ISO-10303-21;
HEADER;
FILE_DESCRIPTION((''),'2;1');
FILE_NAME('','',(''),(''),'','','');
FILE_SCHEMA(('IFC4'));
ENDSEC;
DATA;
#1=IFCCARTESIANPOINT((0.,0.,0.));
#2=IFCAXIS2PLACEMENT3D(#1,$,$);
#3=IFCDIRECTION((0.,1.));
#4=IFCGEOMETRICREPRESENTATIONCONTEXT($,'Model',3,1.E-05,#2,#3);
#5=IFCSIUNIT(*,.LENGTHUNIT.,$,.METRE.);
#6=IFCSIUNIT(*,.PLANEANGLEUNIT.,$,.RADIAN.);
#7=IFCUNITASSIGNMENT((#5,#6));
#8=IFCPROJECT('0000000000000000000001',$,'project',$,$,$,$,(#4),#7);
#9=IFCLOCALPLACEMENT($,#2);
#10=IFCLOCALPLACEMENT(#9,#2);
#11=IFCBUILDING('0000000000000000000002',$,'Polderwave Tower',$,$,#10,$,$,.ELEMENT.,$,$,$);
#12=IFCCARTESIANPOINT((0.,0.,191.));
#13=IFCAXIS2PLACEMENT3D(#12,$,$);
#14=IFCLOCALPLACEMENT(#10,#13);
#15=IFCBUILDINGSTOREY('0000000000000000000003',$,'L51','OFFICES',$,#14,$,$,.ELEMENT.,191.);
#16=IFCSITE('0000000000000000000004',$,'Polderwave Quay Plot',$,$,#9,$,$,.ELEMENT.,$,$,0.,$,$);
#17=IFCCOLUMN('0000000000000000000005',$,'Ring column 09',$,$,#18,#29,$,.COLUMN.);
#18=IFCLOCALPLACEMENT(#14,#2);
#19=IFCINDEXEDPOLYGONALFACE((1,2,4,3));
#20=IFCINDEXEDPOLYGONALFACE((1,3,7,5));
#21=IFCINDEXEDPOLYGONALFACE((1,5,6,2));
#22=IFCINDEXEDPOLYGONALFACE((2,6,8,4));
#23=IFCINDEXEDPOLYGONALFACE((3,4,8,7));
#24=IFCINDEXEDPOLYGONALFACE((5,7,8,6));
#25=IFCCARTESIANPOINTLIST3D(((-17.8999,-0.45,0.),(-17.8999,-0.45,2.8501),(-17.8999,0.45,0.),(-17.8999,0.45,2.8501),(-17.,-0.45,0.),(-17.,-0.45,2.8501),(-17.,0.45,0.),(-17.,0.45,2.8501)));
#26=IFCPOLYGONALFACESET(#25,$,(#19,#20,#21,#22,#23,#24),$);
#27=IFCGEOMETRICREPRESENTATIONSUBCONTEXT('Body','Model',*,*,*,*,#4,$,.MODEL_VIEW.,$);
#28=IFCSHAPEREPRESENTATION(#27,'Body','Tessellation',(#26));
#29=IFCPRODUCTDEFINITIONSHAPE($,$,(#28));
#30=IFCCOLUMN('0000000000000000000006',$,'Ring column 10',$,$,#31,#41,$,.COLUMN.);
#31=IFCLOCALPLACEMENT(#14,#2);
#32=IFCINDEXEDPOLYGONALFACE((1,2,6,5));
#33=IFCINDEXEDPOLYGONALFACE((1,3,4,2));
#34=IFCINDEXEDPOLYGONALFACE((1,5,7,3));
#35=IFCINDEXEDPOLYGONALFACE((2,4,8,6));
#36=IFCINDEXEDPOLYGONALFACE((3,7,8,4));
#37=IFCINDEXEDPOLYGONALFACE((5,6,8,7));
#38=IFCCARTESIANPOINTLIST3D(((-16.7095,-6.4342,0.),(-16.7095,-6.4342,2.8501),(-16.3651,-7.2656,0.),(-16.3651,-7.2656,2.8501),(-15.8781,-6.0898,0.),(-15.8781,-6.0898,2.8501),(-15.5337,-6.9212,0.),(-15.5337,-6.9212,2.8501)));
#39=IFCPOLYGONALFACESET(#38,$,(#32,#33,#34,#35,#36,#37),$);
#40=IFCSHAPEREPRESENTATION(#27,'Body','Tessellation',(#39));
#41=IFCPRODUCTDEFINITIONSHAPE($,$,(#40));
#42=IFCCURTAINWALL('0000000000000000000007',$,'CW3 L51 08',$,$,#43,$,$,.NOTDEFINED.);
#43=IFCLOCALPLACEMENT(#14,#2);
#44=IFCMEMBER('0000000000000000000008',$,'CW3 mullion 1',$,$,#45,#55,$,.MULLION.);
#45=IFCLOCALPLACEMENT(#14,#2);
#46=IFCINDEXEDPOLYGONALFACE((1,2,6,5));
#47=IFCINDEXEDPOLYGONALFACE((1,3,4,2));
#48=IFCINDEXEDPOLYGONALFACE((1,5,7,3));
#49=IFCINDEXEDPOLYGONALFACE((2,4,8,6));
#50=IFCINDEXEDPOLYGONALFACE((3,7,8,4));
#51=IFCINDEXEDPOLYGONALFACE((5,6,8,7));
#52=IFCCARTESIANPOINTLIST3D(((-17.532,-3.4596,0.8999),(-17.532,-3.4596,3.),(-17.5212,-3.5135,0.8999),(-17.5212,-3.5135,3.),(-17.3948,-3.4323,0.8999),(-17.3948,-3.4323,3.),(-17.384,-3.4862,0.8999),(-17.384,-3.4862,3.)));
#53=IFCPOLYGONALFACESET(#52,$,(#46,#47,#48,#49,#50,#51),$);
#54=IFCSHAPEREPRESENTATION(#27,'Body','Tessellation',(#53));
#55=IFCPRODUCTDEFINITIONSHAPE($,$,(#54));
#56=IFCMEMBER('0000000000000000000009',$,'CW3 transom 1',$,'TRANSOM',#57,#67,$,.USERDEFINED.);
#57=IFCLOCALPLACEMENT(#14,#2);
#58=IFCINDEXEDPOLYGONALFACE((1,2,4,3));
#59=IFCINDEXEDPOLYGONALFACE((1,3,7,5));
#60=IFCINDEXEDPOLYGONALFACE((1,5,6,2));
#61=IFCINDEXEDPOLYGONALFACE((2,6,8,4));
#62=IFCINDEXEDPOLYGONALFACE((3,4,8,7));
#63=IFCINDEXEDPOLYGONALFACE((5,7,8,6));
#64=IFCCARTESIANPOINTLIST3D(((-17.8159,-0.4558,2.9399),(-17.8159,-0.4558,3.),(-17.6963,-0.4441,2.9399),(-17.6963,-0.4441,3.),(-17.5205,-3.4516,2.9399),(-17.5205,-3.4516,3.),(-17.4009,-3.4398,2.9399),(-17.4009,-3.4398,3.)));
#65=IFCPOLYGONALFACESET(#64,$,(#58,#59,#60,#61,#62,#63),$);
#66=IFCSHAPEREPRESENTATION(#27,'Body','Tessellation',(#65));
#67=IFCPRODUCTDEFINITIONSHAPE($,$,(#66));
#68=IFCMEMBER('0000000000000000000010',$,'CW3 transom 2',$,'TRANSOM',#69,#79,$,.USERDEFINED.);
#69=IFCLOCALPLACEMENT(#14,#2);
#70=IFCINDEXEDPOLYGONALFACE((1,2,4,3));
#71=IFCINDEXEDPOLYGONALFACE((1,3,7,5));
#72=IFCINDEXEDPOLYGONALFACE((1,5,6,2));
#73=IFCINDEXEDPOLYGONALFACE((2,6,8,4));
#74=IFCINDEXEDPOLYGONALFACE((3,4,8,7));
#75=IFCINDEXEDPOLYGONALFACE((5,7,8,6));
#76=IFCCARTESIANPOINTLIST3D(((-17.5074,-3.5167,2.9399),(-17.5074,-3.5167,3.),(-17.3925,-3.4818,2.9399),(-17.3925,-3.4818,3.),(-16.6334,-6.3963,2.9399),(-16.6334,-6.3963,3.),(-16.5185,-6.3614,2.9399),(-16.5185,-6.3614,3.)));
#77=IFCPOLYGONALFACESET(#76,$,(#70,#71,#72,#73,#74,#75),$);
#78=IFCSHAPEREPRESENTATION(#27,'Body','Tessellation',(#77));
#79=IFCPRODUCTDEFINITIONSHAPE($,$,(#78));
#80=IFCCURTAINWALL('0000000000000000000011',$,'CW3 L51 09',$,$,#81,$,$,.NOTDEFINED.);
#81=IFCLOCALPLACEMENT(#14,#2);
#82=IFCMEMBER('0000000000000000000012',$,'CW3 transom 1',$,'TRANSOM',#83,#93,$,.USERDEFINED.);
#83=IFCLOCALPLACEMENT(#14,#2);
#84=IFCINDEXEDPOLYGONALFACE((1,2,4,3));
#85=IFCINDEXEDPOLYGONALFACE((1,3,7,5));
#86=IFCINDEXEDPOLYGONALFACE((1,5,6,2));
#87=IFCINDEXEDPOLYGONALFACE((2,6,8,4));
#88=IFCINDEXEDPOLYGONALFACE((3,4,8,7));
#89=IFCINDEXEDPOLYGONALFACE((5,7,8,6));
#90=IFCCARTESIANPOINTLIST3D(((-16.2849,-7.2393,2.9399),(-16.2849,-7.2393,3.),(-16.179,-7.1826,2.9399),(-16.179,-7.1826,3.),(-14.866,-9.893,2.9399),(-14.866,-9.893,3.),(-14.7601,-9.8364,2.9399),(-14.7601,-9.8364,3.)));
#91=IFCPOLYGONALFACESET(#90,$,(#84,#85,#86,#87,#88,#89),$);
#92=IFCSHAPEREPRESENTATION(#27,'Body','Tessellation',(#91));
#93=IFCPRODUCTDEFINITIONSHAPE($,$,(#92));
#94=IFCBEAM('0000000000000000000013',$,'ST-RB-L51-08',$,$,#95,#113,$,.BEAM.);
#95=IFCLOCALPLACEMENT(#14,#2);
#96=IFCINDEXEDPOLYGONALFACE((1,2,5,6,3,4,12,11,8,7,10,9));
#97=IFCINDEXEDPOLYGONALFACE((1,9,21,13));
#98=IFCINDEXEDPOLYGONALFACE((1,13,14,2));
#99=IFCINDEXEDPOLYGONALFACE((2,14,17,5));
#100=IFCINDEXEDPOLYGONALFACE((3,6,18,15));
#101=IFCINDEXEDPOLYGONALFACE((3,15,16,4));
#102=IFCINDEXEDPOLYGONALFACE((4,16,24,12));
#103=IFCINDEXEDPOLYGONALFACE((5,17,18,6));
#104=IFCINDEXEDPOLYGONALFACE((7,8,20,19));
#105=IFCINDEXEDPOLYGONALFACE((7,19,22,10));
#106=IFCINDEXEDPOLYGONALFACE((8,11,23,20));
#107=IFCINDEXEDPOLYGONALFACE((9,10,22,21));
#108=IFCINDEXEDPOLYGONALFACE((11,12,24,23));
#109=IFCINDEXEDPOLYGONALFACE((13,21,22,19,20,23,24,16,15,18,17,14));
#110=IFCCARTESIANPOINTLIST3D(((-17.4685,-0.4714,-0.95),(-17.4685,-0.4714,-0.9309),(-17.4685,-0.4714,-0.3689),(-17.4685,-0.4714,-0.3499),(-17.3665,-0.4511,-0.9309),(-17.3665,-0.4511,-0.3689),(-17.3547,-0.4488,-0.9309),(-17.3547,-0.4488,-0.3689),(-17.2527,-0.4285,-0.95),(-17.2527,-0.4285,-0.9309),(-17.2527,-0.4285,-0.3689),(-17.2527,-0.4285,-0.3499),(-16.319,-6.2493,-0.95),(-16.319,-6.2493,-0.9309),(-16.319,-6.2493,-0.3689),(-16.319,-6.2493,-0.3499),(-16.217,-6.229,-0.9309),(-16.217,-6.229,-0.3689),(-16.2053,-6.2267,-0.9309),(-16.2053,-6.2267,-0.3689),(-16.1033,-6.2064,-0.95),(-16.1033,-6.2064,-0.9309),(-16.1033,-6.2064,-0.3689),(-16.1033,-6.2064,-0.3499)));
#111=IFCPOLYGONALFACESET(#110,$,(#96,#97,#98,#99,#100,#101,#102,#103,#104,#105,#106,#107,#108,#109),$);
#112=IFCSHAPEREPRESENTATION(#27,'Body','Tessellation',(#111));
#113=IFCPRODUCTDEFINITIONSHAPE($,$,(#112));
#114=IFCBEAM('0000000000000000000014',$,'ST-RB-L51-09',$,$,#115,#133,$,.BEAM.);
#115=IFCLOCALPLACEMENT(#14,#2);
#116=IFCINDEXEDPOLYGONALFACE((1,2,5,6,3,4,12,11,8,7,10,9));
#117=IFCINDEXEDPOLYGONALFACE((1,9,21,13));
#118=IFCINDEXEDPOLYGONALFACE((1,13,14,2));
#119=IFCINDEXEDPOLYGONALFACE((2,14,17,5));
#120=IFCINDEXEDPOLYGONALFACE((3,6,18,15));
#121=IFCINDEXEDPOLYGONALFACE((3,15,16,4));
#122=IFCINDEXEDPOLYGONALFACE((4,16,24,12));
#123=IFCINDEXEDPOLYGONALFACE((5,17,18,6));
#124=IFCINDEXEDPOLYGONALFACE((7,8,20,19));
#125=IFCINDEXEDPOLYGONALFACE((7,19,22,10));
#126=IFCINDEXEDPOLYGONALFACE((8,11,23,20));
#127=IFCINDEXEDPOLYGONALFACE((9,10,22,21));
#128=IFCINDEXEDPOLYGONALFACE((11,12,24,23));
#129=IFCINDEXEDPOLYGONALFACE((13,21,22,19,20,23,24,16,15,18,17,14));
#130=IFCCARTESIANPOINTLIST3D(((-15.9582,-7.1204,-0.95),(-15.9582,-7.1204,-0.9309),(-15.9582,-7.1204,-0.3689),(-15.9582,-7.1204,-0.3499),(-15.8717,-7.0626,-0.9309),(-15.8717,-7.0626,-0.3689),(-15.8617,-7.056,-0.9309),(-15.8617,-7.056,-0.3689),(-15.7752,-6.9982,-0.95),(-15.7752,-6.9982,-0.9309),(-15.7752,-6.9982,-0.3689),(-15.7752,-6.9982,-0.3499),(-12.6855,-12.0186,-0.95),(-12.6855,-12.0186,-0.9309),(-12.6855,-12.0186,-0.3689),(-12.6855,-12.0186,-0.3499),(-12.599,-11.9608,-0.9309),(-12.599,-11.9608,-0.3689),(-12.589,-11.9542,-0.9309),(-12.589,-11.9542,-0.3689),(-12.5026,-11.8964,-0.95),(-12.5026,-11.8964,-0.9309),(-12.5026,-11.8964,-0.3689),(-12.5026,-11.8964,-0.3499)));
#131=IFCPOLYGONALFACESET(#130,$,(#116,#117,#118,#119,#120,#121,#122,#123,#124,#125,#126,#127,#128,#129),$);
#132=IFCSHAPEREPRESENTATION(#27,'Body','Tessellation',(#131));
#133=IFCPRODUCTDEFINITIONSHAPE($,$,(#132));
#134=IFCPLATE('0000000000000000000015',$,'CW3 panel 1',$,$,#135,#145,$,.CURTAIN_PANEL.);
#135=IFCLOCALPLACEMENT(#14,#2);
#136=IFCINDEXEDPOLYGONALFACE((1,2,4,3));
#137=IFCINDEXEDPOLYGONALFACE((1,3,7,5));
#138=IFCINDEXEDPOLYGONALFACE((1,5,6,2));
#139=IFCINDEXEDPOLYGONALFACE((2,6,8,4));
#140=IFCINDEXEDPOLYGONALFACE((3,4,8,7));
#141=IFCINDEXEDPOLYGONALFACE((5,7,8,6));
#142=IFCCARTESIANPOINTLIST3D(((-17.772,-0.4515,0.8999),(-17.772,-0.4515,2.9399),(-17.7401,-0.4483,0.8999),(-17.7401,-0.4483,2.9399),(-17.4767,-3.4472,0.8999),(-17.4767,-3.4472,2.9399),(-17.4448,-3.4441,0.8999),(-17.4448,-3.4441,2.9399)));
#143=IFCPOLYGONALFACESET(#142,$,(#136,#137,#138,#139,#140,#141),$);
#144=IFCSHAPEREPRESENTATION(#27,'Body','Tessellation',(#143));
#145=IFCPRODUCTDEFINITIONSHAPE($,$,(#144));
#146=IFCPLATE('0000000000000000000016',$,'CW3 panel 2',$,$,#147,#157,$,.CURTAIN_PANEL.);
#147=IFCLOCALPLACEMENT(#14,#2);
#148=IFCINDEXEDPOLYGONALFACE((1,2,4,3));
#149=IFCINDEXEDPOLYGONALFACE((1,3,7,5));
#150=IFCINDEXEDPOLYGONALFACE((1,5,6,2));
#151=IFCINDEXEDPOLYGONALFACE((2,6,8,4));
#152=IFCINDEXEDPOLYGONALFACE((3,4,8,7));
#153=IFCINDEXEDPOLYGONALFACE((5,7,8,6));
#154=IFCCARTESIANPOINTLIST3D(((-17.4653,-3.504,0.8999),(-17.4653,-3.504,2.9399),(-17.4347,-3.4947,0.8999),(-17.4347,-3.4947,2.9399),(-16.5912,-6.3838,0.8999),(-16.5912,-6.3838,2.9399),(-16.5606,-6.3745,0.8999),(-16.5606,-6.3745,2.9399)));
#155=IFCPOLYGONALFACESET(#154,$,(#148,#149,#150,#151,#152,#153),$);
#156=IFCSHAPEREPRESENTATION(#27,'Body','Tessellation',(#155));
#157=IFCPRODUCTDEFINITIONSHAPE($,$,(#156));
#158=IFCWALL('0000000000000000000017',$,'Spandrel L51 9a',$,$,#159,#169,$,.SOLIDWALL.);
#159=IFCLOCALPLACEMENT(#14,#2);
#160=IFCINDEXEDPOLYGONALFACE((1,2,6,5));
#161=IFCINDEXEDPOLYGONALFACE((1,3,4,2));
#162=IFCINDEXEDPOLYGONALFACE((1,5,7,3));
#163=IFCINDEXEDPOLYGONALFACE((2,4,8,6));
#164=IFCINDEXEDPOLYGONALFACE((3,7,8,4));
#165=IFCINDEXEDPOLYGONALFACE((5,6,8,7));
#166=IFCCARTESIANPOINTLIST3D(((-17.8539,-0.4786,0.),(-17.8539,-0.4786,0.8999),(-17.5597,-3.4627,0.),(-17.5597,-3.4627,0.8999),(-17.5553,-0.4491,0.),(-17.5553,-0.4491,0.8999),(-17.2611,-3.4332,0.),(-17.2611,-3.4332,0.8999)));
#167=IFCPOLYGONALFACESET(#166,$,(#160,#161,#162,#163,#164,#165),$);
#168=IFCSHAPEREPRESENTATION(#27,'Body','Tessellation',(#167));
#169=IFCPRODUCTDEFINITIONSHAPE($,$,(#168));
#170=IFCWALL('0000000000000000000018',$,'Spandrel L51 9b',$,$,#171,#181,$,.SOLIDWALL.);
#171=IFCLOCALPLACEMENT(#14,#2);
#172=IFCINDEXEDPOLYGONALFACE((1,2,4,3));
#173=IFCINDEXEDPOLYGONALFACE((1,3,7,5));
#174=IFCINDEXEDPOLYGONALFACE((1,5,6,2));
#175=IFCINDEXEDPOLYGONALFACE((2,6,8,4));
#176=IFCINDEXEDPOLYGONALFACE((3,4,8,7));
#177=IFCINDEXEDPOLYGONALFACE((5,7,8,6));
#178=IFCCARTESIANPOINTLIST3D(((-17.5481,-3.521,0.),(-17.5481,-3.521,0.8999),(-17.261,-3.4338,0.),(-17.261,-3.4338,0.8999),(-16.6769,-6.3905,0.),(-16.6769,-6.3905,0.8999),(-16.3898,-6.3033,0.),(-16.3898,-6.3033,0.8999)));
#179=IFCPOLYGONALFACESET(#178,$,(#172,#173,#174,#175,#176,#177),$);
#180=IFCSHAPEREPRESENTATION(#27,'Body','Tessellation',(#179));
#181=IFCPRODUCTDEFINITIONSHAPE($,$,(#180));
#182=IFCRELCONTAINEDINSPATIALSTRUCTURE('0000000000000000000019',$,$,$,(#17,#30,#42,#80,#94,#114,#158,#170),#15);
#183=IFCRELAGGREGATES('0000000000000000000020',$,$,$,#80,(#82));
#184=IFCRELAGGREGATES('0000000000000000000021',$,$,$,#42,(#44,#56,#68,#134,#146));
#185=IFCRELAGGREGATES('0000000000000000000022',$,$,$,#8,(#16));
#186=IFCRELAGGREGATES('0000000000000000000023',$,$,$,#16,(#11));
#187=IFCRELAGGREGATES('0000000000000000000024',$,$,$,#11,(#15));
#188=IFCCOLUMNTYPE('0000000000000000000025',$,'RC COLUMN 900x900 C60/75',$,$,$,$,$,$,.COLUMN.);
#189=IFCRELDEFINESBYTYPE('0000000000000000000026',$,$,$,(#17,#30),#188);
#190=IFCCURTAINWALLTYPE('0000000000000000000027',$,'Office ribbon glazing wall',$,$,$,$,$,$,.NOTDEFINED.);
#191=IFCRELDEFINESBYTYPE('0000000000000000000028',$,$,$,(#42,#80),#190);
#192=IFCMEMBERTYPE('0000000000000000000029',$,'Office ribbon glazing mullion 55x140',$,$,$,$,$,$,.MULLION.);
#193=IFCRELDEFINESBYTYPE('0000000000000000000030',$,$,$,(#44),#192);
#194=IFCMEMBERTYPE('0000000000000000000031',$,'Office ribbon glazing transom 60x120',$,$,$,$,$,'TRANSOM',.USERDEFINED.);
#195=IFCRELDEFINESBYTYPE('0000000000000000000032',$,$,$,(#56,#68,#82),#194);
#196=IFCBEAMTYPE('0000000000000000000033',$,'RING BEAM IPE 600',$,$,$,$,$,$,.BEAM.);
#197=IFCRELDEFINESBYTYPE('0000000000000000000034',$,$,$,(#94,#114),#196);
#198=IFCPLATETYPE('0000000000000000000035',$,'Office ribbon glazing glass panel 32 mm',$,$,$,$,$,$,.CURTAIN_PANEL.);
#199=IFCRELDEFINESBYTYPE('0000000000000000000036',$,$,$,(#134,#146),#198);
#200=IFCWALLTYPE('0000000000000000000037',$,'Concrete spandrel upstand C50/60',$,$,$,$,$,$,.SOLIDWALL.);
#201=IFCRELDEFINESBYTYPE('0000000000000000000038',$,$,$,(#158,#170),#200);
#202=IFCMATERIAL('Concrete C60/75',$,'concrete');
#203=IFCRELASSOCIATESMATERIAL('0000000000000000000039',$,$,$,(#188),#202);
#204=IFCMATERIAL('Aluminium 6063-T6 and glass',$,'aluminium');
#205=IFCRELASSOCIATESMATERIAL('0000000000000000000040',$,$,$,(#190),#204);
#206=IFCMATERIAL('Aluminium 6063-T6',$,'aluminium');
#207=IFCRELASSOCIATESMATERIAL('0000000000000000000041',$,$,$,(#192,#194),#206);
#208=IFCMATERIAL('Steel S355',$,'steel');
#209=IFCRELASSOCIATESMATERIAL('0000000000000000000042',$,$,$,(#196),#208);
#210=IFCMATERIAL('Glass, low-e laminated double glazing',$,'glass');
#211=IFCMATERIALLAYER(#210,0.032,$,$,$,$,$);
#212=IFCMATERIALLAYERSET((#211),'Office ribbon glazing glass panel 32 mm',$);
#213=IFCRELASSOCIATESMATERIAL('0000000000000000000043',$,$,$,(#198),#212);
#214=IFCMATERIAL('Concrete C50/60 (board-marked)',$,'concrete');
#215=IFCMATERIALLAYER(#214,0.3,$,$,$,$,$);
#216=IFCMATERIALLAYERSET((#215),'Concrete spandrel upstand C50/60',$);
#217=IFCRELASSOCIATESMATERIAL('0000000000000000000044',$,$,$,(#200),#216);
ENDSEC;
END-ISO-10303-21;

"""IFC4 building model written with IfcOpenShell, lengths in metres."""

from ifc_helpers import new_model, si_unit, direction, frame, frame_2d, origin, origin_2d, place, context, subcontext, project, spatial, rectangle, i_section, extrude, material, layer, layer_set, material_profile, profile_set, type_object, element, aggregate, save


model = new_model("IFC4")

# Units and contexts
model_context = context("Model", 3, precision=1e-05, world=origin(), true_north=direction((0.0, 1.0)))
body_context = subcontext(model_context, "Body", "Model", "MODEL_VIEW")
ifc_project = project(units=[si_unit("LENGTHUNIT", "METRE"), si_unit("PLANEANGLEUNIT", "RADIAN")], contexts=[model_context])

# Site, building, storey
site_placement = place(None, origin())
site = spatial("IfcSite", under=ifc_project, at=site_placement, Name="Polderwave Quay Plot", CompositionType="ELEMENT", RefElevation=0.0)
building_placement = place(site_placement, origin())
building = spatial("IfcBuilding", under=site, at=building_placement, Name="Polderwave Tower", CompositionType="ELEMENT")
storey_placement = place(building_placement, frame((0.0, 0.0, 191.0)))
storey = spatial("IfcBuildingStorey", under=building, at=storey_placement, Name="L51", Description="OFFICES", CompositionType="ELEMENT", Elevation=191.0)

# Columns
ifc_material_1 = material(Name="Concrete C60/75", Category="concrete")
ifc_material_profile_1 = material_profile(ifc_material_1, rectangle(XDim=0.8999, YDim=0.8999, at=origin_2d()), Name="RC 900x900")
ifc_profile_set_1 = profile_set([ifc_material_profile_1], Name="Concrete C60/75")
column_type = type_object("IfcColumnType", Name="RC COLUMN 900x900 C60/75", PredefinedType="COLUMN", material=ifc_profile_set_1)
for number, where, z_axis, x_axis, name in (
    (1, (-17.45, 0.0, 0.0), (0.0, 0.0, 1.0), (-1.0, 0.0, 0.0), "Ring column 09"),
    (2, (-16.1216, -6.6777, 0.0), (0.0, 0.0, 1.0), (-0.92388, -0.382683, 0.0), "Ring column 10"),
):
    element("IfcColumn", number, at=place(storey_placement, frame(where, z_axis=z_axis, x_axis=x_axis)), inside=storey, type_object=column_type, Name=name, PredefinedType="COLUMN", context=body_context, shape_type="SweptSolid", body=[
        extrude(rectangle(XDim=0.8999, YDim=0.8999, at=origin_2d()), origin(), (0.0, 0.0, 1.0), 2.8501),
    ])

# Curtain wall, members
ifc_material_2 = material(Name="Aluminium 6063-T6 and glass", Category="aluminium")
curtain_wall_type = type_object("IfcCurtainWallType", Name="Office ribbon glazing wall", PredefinedType="NOTDEFINED", material=ifc_material_2)
curtain_wall_1_placement = place(storey_placement, origin())
curtain_wall_1 = element("IfcCurtainWall", 3, at=curtain_wall_1_placement, inside=storey, type_object=curtain_wall_type, Name="CW3 L51 08", PredefinedType="NOTDEFINED")
ifc_material_3 = material(Name="Aluminium 6063-T6", Category="aluminium")
ifc_material_profile_2 = material_profile(ifc_material_3, rectangle(XDim=0.1399, YDim=0.0549, at=origin_2d()), Name="AL 55x140")
ifc_profile_set_2 = profile_set([ifc_material_profile_2], Name="Aluminium 6063-T6")
member_type_1 = type_object("IfcMemberType", Name="Office ribbon glazing mullion 55x140", PredefinedType="MULLION", material=ifc_profile_set_2)
member_1_placement = place(storey_placement, frame((-17.458, -3.4729, 0.8999), z_axis=(0.0, 0.0, 1.0), x_axis=(0.980762, 0.195205, 0.0)))
member_1 = element("IfcMember", 4, at=member_1_placement, type_object=member_type_1, Name="CW3 mullion 1", PredefinedType="MULLION", context=body_context, shape_type="SweptSolid", body=[
    extrude(rectangle(XDim=0.1399, YDim=0.0549, at=origin_2d()), origin(), (0.0, 0.0, 1.0), 2.1001),
])
ifc_material_profile_3 = material_profile(ifc_material_3, rectangle(XDim=0.1201, YDim=0.0601, at=origin_2d()), Name="AL 60x120")
ifc_profile_set_3 = profile_set([ifc_material_profile_3], Name="Aluminium 6063-T6")
member_type_2 = type_object("IfcMemberType", Name="Office ribbon glazing transom 60x120", ElementType="TRANSOM", PredefinedType="USERDEFINED", material=ifc_profile_set_3)
member_2_placement = place(storey_placement, frame((-17.7561, -0.45, 2.97), z_axis=(0.098138, -0.995173, 0.0), x_axis=(0.995173, 0.098138, 0.0)))
member_2 = element("IfcMember", 5, at=member_2_placement, type_object=member_type_2, Name="CW3 transom 1", ObjectType="TRANSOM", PredefinedType="USERDEFINED", context=body_context, shape_type="SweptSolid", body=[
    extrude(rectangle(XDim=0.1201, YDim=0.0601, at=origin_2d()), origin(), (0.0, 0.0, 1.0), 3.0103),
])
member_3_placement = place(storey_placement, frame((-17.45, -3.4993, 2.97), z_axis=(0.290435, -0.956895, 0.0), x_axis=(0.956895, 0.290435, 0.0)))
member_3 = element("IfcMember", 6, at=member_3_placement, type_object=member_type_2, Name="CW3 transom 2", ObjectType="TRANSOM", PredefinedType="USERDEFINED", context=body_context, shape_type="SweptSolid", body=[
    extrude(rectangle(XDim=0.1201, YDim=0.0601, at=origin_2d()), origin(), (0.0, 0.0, 1.0), 3.0093),
])

# Curtain wall, member
curtain_wall_2_placement = place(storey_placement, origin())
curtain_wall_2 = element("IfcCurtainWall", 7, at=curtain_wall_2_placement, inside=storey, type_object=curtain_wall_type, Name="CW3 L51 09", PredefinedType="NOTDEFINED")
member_4_placement = place(storey_placement, frame((-16.2319, -7.2109, 2.97), z_axis=(0.471514, -0.881858, 0.0), x_axis=(0.881858, 0.471514, 0.0)))
member_4 = element("IfcMember", 8, at=member_4_placement, type_object=member_type_2, Name="CW3 transom 1", ObjectType="TRANSOM", PredefinedType="USERDEFINED", context=body_context, shape_type="SweptSolid", body=[
    extrude(rectangle(XDim=0.1201, YDim=0.0601, at=origin_2d()), origin(), (0.0, 0.0, 1.0), 3.0093),
])
aggregate(curtain_wall_2, [member_4])

# Beams
ifc_material_4 = material(Name="Steel S355", Category="steel")
ifc_material_profile_4 = material_profile(ifc_material_4, i_section(OverallWidth=0.22, OverallDepth=0.6001, WebThickness=0.012, FlangeThickness=0.019, at=origin_2d()), Name="IPE 600")
ifc_profile_set_4 = profile_set([ifc_material_profile_4], Name="Steel S355")
beam_type = type_object("IfcBeamType", Name="RING BEAM IPE 600", PredefinedType="BEAM", material=ifc_profile_set_4)
beam_1_placement = place(storey_placement, frame((-17.3606, -0.45, -0.6499), z_axis=(0.195112, -0.980781, 0.0), x_axis=(0.980781, 0.195112, 0.0)))
element("IfcBeam", 9, at=beam_1_placement, inside=storey, type_object=beam_type, Name="ST-RB-L51-08", PredefinedType="BEAM", context=body_context, shape_type="SweptSolid", body=[
    extrude(i_section(OverallWidth=0.22, OverallDepth=0.6001, WebThickness=0.012, FlangeThickness=0.019, at=origin_2d()), origin(), (0.0, 0.0, 1.0), 5.8911),
])
beam_2_placement = place(storey_placement, frame((-15.8667, -7.0593, -0.6499), z_axis=(0.555551, -0.831482, 0.0), x_axis=(0.831482, 0.555551, 0.0)))
element("IfcBeam", 10, at=beam_2_placement, inside=storey, type_object=beam_type, Name="ST-RB-L51-09", PredefinedType="BEAM", context=body_context, shape_type="SweptSolid", body=[
    extrude(i_section(OverallWidth=0.22, OverallDepth=0.6001, WebThickness=0.012, FlangeThickness=0.019, at=origin_2d()), origin(), (0.0, 0.0, 1.0), 5.8909),
])

# Plates
ifc_material_5 = material(Name="Glass, low-e laminated double glazing", Category="glass")
ifc_layer_1 = layer(ifc_material_5, 0.032)
ifc_layer_set_1 = layer_set([ifc_layer_1], Name="Office ribbon glazing glass panel 32 mm")
plate_type = type_object("IfcPlateType", Name="Office ribbon glazing glass panel 32 mm", PredefinedType="CURTAIN_PANEL", material=ifc_layer_set_1)
plate_1_placement = place(storey_placement, frame((-17.6084, -1.9478, 0.8999), z_axis=(0.0, 0.0, 1.0), x_axis=(0.098102, -0.995176, 0.0)))
plate_1 = element("IfcPlate", 11, at=plate_1_placement, type_object=plate_type, Name="CW3 panel 1", PredefinedType="CURTAIN_PANEL", context=body_context, shape_type="SweptSolid", body=[
    extrude(rectangle(XDim=3.0103, YDim=0.032, at=origin_2d()), origin(), (0.0, 0.0, 1.0), 2.04),
])
plate_2_placement = place(storey_placement, frame((-17.0129, -4.9392, 0.8999), z_axis=(0.0, 0.0, 1.0), x_axis=(0.290428, -0.956897, 0.0)))
plate_2 = element("IfcPlate", 12, at=plate_2_placement, type_object=plate_type, Name="CW3 panel 2", PredefinedType="CURTAIN_PANEL", context=body_context, shape_type="SweptSolid", body=[
    extrude(rectangle(XDim=3.0095, YDim=0.032, at=origin_2d()), origin(), (0.0, 0.0, 1.0), 2.04),
])
aggregate(curtain_wall_1, [member_1, member_2, member_3, plate_1, plate_2])

# Walls
ifc_material_6 = material(Name="Concrete C50/60 (board-marked)", Category="concrete")
ifc_layer_2 = layer(ifc_material_6, 0.3)
ifc_layer_set_2 = layer_set([ifc_layer_2], Name="Concrete spandrel upstand C50/60")
wall_type_1 = type_object("IfcWallType", Name="Concrete spandrel upstand C50/60", PredefinedType="SOLIDWALL", material=ifc_layer_set_2)
wall_1_placement = place(storey_placement, frame((-17.7046, -0.4639, 0.0), z_axis=(0.0, 0.0, 1.0), x_axis=(0.098109, -0.995176, 0.0)))
element("IfcWall", 13, at=wall_1_placement, inside=storey, type_object=wall_type_1, Name="Spandrel L51 9a", PredefinedType="SOLIDWALL", context=body_context, shape_type="SweptSolid", body=[
    extrude(rectangle(XDim=2.9985, YDim=0.3, at=frame_2d((1.4993, 0.0))), origin(), (0.0, 0.0, 1.0), 0.8999),
])
wall_2_placement = place(storey_placement, frame((-17.4045, -3.4773, 0.0), z_axis=(0.0, 0.0, 1.0), x_axis=(0.290491, -0.956878, 0.0)))
element("IfcWall", 14, at=wall_2_placement, inside=storey, type_object=wall_type_1, Name="Spandrel L51 9b", PredefinedType="SOLIDWALL", context=body_context, shape_type="SweptSolid", body=[
    extrude(rectangle(XDim=2.9988, YDim=0.3, at=frame_2d((1.4995, 0.0))), origin(), (0.0, 0.0, 1.0), 0.8999),
])

save(model, "model.ifc")
